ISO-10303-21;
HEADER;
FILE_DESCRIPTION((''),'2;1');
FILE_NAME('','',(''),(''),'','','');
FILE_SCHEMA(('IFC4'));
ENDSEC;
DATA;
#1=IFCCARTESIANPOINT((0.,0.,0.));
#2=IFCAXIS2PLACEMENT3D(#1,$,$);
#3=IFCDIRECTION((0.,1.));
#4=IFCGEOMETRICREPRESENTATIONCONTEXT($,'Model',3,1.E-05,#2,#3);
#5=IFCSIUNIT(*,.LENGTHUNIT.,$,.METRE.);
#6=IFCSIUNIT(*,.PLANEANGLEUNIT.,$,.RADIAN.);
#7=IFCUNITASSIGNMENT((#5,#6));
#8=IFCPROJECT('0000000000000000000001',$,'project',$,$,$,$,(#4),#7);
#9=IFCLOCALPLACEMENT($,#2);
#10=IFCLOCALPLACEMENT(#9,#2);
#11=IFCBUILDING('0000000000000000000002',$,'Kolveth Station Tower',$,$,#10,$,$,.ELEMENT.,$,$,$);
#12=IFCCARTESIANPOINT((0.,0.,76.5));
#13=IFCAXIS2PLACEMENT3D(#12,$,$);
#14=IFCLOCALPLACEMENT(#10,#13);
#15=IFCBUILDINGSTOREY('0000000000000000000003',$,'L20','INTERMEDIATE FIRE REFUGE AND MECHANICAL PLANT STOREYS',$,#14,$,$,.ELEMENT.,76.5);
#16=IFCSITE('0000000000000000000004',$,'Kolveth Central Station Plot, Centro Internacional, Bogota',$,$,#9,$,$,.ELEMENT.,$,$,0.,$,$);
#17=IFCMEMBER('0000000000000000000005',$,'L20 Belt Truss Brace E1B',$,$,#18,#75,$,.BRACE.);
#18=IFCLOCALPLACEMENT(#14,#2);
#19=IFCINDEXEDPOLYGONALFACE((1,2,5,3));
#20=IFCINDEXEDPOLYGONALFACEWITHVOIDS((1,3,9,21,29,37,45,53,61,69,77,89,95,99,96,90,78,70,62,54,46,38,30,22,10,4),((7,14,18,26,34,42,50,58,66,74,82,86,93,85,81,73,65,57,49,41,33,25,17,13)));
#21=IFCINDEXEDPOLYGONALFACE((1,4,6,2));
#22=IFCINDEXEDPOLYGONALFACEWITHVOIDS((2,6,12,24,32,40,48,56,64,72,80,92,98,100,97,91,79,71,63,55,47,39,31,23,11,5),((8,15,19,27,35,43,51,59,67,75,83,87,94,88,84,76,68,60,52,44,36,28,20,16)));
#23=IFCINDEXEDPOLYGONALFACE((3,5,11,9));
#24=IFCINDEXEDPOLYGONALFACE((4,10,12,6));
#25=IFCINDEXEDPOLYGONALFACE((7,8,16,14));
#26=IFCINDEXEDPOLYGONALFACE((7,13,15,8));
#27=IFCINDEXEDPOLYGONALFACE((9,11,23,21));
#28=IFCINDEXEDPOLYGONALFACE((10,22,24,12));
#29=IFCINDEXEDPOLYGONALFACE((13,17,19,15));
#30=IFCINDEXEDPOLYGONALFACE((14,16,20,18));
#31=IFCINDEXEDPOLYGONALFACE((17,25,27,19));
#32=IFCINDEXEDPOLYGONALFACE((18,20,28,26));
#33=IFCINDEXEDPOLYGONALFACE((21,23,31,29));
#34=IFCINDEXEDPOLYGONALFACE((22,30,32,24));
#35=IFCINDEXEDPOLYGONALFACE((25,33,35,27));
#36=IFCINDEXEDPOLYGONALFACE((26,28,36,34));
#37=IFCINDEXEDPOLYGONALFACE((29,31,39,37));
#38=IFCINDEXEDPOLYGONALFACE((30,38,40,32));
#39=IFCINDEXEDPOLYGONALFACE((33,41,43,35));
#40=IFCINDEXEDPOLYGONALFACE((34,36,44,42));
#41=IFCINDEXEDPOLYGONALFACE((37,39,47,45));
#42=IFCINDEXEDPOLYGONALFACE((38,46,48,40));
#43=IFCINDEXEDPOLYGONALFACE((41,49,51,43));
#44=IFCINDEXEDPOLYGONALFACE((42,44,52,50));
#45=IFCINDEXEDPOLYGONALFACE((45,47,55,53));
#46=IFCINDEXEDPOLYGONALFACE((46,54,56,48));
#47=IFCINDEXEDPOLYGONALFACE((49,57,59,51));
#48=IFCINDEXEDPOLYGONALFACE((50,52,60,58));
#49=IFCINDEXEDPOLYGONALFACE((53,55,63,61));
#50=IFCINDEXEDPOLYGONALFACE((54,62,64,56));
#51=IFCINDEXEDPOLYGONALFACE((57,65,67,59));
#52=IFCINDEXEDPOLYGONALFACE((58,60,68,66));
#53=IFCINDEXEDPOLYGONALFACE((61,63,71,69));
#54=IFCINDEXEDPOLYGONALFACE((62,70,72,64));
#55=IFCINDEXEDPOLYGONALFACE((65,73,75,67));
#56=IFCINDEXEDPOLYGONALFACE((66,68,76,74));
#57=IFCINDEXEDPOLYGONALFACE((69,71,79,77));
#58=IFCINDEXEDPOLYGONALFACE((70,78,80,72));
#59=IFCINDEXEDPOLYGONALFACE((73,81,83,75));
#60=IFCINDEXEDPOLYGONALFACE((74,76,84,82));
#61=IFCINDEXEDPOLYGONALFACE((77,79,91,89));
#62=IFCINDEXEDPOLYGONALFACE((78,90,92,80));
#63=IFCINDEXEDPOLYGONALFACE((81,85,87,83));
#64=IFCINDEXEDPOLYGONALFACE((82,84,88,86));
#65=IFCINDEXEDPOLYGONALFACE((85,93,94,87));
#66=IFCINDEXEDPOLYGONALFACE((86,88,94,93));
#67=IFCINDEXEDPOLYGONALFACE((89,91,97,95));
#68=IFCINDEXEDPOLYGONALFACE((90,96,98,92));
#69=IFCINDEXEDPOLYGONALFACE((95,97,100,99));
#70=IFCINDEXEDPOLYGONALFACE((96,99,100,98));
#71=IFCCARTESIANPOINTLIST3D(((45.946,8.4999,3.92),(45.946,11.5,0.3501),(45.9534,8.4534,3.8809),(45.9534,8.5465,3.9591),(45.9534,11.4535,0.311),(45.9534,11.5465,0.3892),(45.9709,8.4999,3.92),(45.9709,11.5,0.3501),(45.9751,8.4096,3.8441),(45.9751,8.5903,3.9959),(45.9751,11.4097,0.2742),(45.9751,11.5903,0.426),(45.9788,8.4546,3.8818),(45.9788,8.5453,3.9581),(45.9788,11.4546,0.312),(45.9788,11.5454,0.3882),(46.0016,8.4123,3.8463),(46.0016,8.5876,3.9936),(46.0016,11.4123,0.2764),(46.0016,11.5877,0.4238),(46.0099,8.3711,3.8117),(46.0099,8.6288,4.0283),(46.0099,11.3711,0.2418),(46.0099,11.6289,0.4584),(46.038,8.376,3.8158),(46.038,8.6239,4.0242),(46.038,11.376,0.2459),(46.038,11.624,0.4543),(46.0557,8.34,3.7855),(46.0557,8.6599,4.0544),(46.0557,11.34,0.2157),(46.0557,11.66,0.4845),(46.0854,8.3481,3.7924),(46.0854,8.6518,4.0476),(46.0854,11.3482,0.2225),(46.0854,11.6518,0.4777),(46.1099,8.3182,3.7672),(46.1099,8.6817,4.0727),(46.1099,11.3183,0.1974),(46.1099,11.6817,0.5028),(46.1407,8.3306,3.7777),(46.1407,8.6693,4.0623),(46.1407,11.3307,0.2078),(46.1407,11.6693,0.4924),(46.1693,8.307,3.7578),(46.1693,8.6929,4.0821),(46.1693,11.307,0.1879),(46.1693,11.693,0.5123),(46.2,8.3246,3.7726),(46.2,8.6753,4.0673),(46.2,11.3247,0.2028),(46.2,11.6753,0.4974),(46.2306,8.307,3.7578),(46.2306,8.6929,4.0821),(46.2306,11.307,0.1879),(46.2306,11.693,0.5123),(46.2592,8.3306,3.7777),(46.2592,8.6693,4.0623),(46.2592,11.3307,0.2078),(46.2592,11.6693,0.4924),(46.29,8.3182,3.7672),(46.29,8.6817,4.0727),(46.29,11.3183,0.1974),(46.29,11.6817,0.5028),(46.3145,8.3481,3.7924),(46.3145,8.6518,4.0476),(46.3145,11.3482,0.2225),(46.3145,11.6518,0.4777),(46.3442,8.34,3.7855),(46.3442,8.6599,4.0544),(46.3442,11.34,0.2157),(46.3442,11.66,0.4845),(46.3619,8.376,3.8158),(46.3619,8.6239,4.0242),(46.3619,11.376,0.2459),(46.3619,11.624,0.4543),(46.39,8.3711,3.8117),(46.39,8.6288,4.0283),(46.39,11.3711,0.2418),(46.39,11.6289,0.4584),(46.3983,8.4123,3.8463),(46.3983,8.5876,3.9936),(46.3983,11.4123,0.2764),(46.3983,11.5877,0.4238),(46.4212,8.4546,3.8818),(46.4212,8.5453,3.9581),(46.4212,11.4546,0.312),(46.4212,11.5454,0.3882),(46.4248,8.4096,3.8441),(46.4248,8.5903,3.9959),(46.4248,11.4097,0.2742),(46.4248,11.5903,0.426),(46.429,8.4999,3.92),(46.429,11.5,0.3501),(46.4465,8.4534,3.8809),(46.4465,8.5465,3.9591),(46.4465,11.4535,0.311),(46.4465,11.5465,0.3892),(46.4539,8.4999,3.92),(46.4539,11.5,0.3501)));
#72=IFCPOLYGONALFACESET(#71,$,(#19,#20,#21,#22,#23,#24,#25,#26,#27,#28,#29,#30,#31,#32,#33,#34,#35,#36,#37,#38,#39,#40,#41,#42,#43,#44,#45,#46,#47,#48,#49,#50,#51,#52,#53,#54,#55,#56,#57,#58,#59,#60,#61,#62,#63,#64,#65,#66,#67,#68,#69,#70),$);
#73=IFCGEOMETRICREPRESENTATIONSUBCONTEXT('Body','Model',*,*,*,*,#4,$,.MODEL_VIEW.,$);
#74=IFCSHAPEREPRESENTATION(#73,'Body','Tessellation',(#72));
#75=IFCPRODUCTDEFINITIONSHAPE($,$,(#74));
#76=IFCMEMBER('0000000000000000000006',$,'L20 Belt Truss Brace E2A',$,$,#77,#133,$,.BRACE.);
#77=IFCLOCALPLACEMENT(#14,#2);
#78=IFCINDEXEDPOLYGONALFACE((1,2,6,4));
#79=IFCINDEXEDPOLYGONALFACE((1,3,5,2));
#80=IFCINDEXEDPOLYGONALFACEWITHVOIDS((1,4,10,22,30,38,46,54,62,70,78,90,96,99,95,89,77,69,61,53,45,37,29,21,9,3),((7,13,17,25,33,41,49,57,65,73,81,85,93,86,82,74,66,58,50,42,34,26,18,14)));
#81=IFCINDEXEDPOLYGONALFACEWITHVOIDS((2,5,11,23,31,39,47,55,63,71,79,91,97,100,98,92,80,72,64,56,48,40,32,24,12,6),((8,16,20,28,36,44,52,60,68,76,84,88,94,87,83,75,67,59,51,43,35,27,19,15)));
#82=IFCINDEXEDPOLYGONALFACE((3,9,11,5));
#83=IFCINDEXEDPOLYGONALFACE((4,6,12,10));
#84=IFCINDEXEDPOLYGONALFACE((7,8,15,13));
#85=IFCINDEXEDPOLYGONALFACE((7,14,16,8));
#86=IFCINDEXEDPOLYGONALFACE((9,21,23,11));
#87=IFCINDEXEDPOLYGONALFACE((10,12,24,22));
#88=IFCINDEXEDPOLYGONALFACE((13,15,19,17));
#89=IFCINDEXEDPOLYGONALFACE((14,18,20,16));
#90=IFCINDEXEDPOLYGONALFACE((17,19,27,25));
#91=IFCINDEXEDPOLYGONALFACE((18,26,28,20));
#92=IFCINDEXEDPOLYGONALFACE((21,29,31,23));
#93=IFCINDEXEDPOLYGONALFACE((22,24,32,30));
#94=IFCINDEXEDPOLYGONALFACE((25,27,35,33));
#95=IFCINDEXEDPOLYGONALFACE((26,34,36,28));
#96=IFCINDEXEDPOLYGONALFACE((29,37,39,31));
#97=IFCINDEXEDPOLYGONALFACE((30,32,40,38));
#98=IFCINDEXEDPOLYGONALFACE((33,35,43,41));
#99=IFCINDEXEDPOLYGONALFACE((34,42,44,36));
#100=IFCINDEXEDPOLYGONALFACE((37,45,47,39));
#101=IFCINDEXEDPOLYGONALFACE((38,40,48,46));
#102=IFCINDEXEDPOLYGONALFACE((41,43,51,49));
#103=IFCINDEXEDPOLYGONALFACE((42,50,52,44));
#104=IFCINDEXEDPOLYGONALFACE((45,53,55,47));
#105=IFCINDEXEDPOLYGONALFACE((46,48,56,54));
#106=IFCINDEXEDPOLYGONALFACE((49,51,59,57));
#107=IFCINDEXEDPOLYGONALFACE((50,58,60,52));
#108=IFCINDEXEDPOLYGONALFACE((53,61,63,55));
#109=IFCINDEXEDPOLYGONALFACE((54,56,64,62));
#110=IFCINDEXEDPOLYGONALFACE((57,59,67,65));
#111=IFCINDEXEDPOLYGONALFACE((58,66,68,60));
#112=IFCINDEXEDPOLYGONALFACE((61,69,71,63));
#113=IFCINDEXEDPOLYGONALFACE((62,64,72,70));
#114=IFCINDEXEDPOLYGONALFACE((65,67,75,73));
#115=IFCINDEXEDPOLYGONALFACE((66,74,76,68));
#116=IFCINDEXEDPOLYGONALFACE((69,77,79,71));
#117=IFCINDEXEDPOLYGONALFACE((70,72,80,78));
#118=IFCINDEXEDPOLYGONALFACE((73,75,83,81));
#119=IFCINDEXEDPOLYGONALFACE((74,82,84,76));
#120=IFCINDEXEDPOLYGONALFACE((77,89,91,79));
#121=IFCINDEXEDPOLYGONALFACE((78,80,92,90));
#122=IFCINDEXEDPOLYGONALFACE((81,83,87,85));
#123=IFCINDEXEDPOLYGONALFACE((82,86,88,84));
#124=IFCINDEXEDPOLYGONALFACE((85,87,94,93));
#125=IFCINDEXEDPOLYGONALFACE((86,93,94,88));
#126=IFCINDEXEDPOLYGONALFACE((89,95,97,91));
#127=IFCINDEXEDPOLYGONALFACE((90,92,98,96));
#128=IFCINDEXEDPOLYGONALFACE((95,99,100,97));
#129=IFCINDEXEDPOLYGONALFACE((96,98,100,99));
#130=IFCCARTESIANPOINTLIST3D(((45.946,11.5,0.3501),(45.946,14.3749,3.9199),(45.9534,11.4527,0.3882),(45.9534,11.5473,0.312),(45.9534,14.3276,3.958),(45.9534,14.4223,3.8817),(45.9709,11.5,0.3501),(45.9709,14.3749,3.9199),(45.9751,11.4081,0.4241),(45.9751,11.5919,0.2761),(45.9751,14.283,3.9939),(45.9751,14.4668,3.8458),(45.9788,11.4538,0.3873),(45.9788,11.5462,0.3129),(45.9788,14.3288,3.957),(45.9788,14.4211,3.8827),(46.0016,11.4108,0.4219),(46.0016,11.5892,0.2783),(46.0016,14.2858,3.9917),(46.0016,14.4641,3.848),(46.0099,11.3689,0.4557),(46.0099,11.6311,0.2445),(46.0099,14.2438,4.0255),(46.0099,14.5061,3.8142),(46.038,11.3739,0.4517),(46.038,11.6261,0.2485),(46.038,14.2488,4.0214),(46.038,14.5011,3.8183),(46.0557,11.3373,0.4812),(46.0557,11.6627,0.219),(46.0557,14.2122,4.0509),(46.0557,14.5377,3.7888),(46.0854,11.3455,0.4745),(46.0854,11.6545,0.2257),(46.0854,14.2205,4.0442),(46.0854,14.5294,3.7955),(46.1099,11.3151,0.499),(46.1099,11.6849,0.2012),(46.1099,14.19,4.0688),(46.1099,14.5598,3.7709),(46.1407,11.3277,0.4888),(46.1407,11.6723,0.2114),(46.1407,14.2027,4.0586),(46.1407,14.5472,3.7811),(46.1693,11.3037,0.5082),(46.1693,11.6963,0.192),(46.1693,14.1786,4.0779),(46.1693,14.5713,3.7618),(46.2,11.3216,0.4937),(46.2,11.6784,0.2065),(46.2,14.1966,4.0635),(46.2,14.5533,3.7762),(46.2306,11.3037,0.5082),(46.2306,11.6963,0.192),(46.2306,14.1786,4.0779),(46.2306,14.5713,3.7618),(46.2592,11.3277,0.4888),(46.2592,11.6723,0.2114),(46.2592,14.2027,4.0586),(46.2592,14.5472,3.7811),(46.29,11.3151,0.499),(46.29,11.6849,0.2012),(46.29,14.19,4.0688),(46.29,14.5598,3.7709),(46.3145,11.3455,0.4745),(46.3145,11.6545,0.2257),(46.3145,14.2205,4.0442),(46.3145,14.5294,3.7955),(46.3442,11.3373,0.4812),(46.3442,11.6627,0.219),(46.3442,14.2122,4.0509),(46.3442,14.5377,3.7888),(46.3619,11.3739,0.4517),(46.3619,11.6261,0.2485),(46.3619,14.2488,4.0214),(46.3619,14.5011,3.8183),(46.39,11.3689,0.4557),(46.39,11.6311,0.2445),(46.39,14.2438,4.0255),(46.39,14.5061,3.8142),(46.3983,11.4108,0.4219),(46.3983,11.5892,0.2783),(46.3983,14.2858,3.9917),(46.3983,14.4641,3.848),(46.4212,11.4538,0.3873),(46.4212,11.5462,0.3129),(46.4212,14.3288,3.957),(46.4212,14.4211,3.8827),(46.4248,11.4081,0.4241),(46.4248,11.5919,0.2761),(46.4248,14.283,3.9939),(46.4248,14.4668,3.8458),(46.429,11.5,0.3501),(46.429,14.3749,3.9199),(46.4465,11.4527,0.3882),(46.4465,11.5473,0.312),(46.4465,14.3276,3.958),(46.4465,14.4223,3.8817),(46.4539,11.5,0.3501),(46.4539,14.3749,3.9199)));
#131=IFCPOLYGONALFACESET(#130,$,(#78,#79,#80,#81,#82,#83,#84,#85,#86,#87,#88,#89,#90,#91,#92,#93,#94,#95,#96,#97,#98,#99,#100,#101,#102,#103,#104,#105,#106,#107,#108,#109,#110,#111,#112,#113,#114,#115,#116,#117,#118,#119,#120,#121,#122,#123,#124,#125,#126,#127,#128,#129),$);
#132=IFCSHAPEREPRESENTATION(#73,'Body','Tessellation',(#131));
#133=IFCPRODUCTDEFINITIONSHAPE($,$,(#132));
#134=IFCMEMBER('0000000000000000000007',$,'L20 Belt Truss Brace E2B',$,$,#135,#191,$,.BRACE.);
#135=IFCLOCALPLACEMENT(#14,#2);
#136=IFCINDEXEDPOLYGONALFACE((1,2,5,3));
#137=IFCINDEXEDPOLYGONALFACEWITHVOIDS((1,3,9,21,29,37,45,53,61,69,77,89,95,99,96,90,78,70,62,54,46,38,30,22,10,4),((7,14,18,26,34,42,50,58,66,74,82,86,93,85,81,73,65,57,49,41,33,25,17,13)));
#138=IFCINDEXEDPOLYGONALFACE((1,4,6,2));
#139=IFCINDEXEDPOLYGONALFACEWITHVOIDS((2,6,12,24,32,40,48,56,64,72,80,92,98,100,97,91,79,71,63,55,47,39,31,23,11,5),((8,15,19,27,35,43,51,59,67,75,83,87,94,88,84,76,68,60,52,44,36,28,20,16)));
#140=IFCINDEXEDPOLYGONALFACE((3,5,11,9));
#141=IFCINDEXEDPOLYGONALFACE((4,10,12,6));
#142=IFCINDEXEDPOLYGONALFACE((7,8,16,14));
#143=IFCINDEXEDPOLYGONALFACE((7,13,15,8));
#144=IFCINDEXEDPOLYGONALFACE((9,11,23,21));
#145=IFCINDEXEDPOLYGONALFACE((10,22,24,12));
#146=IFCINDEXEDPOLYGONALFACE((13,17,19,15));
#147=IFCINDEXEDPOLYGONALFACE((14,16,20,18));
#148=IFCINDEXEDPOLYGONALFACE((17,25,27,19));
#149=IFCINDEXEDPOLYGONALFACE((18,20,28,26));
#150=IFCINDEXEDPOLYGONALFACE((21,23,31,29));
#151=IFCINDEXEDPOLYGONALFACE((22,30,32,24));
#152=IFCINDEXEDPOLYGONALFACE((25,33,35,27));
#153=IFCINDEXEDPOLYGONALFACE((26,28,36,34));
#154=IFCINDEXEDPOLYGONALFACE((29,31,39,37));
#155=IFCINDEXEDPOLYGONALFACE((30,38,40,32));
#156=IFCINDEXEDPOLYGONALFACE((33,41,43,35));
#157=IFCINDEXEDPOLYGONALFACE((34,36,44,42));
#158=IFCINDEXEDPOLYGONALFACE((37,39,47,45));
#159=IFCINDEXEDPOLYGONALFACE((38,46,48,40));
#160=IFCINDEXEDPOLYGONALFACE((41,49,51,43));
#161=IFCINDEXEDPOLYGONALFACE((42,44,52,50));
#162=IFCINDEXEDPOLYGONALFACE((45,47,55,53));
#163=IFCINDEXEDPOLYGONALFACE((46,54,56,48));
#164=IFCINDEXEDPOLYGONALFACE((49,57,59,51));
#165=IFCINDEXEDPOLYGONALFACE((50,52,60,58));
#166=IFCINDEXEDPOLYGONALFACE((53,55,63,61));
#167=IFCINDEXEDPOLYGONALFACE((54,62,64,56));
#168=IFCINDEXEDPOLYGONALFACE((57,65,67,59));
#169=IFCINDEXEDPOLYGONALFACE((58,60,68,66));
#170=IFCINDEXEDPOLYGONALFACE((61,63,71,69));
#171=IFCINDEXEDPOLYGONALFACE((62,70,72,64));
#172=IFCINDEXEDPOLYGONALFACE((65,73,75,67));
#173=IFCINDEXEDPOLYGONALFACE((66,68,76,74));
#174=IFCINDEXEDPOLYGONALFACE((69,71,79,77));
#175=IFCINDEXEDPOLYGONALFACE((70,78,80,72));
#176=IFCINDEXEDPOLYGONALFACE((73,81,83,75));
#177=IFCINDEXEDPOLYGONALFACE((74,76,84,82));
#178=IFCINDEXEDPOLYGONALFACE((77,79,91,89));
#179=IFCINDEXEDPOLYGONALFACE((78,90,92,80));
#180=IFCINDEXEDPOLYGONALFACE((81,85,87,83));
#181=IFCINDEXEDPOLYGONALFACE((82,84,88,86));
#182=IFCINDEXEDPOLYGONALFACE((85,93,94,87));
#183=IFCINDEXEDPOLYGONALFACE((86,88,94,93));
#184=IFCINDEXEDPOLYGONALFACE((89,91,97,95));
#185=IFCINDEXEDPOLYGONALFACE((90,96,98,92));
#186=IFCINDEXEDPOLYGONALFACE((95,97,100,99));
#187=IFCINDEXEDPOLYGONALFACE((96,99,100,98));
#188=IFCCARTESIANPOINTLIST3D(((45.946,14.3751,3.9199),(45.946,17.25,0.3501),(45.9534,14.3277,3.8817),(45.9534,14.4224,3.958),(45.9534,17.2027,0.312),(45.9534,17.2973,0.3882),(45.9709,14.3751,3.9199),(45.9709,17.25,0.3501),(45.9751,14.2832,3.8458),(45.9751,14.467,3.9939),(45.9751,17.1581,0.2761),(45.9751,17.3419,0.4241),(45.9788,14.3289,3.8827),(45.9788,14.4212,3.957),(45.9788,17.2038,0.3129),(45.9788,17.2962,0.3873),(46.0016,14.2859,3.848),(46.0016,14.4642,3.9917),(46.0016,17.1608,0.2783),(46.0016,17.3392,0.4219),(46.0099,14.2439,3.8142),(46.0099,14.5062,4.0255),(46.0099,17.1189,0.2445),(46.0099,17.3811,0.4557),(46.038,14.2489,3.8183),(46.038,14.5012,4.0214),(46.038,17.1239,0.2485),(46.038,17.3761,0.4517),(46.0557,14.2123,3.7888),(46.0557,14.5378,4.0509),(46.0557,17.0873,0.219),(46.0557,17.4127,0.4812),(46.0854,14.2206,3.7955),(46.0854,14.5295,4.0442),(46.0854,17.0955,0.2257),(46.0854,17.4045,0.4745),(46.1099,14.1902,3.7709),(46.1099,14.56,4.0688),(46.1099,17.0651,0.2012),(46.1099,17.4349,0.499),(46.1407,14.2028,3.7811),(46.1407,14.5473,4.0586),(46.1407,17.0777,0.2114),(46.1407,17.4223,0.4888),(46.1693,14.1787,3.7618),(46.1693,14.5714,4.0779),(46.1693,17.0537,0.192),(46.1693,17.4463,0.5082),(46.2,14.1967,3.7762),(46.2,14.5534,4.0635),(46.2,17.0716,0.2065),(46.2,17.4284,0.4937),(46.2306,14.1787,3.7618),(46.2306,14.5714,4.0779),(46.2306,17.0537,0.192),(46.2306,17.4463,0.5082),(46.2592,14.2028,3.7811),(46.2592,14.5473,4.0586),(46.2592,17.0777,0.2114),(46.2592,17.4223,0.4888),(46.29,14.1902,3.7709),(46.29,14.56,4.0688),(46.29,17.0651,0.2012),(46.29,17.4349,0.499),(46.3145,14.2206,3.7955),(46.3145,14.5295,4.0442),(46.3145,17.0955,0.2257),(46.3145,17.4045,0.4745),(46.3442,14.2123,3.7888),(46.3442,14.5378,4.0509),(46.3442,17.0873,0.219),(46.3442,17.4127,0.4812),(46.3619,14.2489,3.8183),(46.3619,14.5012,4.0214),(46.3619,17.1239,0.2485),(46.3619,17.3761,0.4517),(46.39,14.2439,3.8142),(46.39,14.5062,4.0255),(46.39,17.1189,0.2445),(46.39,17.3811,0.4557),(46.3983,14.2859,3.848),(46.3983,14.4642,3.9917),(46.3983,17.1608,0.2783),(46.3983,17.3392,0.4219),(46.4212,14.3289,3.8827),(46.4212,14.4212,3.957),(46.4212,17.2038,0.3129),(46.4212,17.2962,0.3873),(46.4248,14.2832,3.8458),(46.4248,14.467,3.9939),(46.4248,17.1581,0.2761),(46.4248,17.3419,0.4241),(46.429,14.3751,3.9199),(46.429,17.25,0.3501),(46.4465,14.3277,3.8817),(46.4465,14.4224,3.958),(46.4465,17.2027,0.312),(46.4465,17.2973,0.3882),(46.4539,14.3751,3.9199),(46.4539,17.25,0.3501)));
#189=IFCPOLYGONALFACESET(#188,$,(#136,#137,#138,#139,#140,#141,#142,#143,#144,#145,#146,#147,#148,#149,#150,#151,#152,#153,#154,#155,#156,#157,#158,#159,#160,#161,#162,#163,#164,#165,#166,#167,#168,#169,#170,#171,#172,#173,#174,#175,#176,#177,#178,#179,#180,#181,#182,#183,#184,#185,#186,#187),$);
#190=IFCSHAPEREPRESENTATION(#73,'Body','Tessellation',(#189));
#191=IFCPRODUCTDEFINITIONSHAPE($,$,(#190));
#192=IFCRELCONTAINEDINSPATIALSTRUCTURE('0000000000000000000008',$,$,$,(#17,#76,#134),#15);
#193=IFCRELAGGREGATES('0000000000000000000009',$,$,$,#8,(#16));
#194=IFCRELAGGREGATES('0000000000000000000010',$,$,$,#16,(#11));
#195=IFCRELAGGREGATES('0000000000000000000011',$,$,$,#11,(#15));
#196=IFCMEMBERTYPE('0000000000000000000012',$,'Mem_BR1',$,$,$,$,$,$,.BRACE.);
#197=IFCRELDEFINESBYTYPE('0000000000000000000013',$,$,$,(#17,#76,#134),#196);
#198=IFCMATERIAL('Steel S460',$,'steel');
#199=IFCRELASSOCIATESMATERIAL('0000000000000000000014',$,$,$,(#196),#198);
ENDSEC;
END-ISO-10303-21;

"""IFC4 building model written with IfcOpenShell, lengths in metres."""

from ifc_helpers import new_model, si_unit, direction, frame, origin, origin_2d, place, context, subcontext, project, spatial, hollow_circle, extrude, source, transform, mapped, material, material_profile, profile_set, type_object, element, save


model = new_model("IFC4")

# Units and contexts
model_context = context("Model", 3, precision=1e-05, world=origin(), true_north=direction((0.0, 1.0)))
body_context = subcontext(model_context, "Body", "Model", "MODEL_VIEW")
ifc_project = project(units=[si_unit("LENGTHUNIT", "METRE"), si_unit("PLANEANGLEUNIT", "RADIAN")], contexts=[model_context])

# Site, building, storey
site_placement = place(None, origin())
site = spatial("IfcSite", under=ifc_project, at=site_placement, Name="Kolveth Central Station Plot, Centro Internacional, Bogota", CompositionType="ELEMENT", RefElevation=0.0)
building_placement = place(site_placement, origin())
building = spatial("IfcBuilding", under=site, at=building_placement, Name="Kolveth Station Tower", CompositionType="ELEMENT")
storey_placement = place(building_placement, frame((0.0, 0.0, 76.5)))
storey = spatial("IfcBuildingStorey", under=building, at=storey_placement, Name="L20", Description="INTERMEDIATE FIRE REFUGE AND MECHANICAL PLANT STOREYS", CompositionType="ELEMENT", Elevation=76.5)

# Shared definitions
ifc_material_1 = material(Name="Steel S460", Category="steel")

# Members
ifc_material_profile_1 = material_profile(ifc_material_1, hollow_circle(Radius=0.2539, WallThickness=0.0249, at=origin_2d()), Name="CHS508x25")
ifc_profile_set_1 = profile_set([ifc_material_profile_1], Name="Steel S460")
member_type_1 = type_object("IfcMemberType", Name="Mem_BR1", PredefinedType="BRACE", material=ifc_profile_set_1)
shared_shape_1 = source(origin(), body_context, "Body", "SweptSolid", [
    extrude(hollow_circle(Radius=0.2539, WallThickness=0.0249, at=origin_2d()), origin(), (0.0, 0.0, 1.0), 4.6631),
])
member_1_placement = place(storey_placement, frame((46.2, 11.5, 0.3501), z_axis=(0.0, -0.643362, 0.765563), x_axis=(1.0, 0.0, 0.0)))
element("IfcMember", 1, at=member_1_placement, inside=storey, type_object=member_type_1, Name="L20 Belt Truss Brace E1B", PredefinedType="BRACE", context=body_context, shape_type="MappedRepresentation", body=[
    mapped(shared_shape_1, transform((0.0, 0.0, 0.0), x_axis=(1.0, 0.0, 0.0), y_axis=(0.0, 1.0, 0.0), z_axis=(0.0, 0.0, 1.0), scale=1.0)),
])
shared_shape_2 = source(origin(), body_context, "Body", "SweptSolid", [
    extrude(hollow_circle(Radius=0.2539, WallThickness=0.0249, at=origin_2d()), origin(), (0.0, 0.0, 1.0), 4.5835),
])
for number, where, z_axis, x_axis, name in (
    (2, (46.2, 11.5, 0.3501), (0.0, 0.627238, 0.778828), (-1.0, 0.0, 0.0), "L20 Belt Truss Brace E2A"),
    (3, (46.2, 17.25, 0.3501), (0.0, -0.627238, 0.778828), (1.0, 0.0, 0.0), "L20 Belt Truss Brace E2B"),
):
    element("IfcMember", number, at=place(storey_placement, frame(where, z_axis=z_axis, x_axis=x_axis)), inside=storey, type_object=member_type_1, Name=name, PredefinedType="BRACE", context=body_context, shape_type="MappedRepresentation", body=[
        mapped(shared_shape_2, transform((0.0, 0.0, 0.0), x_axis=(1.0, 0.0, 0.0), y_axis=(0.0, 1.0, 0.0), z_axis=(0.0, 0.0, 1.0), scale=1.0)),
    ])

save(model, "model.ifc")
